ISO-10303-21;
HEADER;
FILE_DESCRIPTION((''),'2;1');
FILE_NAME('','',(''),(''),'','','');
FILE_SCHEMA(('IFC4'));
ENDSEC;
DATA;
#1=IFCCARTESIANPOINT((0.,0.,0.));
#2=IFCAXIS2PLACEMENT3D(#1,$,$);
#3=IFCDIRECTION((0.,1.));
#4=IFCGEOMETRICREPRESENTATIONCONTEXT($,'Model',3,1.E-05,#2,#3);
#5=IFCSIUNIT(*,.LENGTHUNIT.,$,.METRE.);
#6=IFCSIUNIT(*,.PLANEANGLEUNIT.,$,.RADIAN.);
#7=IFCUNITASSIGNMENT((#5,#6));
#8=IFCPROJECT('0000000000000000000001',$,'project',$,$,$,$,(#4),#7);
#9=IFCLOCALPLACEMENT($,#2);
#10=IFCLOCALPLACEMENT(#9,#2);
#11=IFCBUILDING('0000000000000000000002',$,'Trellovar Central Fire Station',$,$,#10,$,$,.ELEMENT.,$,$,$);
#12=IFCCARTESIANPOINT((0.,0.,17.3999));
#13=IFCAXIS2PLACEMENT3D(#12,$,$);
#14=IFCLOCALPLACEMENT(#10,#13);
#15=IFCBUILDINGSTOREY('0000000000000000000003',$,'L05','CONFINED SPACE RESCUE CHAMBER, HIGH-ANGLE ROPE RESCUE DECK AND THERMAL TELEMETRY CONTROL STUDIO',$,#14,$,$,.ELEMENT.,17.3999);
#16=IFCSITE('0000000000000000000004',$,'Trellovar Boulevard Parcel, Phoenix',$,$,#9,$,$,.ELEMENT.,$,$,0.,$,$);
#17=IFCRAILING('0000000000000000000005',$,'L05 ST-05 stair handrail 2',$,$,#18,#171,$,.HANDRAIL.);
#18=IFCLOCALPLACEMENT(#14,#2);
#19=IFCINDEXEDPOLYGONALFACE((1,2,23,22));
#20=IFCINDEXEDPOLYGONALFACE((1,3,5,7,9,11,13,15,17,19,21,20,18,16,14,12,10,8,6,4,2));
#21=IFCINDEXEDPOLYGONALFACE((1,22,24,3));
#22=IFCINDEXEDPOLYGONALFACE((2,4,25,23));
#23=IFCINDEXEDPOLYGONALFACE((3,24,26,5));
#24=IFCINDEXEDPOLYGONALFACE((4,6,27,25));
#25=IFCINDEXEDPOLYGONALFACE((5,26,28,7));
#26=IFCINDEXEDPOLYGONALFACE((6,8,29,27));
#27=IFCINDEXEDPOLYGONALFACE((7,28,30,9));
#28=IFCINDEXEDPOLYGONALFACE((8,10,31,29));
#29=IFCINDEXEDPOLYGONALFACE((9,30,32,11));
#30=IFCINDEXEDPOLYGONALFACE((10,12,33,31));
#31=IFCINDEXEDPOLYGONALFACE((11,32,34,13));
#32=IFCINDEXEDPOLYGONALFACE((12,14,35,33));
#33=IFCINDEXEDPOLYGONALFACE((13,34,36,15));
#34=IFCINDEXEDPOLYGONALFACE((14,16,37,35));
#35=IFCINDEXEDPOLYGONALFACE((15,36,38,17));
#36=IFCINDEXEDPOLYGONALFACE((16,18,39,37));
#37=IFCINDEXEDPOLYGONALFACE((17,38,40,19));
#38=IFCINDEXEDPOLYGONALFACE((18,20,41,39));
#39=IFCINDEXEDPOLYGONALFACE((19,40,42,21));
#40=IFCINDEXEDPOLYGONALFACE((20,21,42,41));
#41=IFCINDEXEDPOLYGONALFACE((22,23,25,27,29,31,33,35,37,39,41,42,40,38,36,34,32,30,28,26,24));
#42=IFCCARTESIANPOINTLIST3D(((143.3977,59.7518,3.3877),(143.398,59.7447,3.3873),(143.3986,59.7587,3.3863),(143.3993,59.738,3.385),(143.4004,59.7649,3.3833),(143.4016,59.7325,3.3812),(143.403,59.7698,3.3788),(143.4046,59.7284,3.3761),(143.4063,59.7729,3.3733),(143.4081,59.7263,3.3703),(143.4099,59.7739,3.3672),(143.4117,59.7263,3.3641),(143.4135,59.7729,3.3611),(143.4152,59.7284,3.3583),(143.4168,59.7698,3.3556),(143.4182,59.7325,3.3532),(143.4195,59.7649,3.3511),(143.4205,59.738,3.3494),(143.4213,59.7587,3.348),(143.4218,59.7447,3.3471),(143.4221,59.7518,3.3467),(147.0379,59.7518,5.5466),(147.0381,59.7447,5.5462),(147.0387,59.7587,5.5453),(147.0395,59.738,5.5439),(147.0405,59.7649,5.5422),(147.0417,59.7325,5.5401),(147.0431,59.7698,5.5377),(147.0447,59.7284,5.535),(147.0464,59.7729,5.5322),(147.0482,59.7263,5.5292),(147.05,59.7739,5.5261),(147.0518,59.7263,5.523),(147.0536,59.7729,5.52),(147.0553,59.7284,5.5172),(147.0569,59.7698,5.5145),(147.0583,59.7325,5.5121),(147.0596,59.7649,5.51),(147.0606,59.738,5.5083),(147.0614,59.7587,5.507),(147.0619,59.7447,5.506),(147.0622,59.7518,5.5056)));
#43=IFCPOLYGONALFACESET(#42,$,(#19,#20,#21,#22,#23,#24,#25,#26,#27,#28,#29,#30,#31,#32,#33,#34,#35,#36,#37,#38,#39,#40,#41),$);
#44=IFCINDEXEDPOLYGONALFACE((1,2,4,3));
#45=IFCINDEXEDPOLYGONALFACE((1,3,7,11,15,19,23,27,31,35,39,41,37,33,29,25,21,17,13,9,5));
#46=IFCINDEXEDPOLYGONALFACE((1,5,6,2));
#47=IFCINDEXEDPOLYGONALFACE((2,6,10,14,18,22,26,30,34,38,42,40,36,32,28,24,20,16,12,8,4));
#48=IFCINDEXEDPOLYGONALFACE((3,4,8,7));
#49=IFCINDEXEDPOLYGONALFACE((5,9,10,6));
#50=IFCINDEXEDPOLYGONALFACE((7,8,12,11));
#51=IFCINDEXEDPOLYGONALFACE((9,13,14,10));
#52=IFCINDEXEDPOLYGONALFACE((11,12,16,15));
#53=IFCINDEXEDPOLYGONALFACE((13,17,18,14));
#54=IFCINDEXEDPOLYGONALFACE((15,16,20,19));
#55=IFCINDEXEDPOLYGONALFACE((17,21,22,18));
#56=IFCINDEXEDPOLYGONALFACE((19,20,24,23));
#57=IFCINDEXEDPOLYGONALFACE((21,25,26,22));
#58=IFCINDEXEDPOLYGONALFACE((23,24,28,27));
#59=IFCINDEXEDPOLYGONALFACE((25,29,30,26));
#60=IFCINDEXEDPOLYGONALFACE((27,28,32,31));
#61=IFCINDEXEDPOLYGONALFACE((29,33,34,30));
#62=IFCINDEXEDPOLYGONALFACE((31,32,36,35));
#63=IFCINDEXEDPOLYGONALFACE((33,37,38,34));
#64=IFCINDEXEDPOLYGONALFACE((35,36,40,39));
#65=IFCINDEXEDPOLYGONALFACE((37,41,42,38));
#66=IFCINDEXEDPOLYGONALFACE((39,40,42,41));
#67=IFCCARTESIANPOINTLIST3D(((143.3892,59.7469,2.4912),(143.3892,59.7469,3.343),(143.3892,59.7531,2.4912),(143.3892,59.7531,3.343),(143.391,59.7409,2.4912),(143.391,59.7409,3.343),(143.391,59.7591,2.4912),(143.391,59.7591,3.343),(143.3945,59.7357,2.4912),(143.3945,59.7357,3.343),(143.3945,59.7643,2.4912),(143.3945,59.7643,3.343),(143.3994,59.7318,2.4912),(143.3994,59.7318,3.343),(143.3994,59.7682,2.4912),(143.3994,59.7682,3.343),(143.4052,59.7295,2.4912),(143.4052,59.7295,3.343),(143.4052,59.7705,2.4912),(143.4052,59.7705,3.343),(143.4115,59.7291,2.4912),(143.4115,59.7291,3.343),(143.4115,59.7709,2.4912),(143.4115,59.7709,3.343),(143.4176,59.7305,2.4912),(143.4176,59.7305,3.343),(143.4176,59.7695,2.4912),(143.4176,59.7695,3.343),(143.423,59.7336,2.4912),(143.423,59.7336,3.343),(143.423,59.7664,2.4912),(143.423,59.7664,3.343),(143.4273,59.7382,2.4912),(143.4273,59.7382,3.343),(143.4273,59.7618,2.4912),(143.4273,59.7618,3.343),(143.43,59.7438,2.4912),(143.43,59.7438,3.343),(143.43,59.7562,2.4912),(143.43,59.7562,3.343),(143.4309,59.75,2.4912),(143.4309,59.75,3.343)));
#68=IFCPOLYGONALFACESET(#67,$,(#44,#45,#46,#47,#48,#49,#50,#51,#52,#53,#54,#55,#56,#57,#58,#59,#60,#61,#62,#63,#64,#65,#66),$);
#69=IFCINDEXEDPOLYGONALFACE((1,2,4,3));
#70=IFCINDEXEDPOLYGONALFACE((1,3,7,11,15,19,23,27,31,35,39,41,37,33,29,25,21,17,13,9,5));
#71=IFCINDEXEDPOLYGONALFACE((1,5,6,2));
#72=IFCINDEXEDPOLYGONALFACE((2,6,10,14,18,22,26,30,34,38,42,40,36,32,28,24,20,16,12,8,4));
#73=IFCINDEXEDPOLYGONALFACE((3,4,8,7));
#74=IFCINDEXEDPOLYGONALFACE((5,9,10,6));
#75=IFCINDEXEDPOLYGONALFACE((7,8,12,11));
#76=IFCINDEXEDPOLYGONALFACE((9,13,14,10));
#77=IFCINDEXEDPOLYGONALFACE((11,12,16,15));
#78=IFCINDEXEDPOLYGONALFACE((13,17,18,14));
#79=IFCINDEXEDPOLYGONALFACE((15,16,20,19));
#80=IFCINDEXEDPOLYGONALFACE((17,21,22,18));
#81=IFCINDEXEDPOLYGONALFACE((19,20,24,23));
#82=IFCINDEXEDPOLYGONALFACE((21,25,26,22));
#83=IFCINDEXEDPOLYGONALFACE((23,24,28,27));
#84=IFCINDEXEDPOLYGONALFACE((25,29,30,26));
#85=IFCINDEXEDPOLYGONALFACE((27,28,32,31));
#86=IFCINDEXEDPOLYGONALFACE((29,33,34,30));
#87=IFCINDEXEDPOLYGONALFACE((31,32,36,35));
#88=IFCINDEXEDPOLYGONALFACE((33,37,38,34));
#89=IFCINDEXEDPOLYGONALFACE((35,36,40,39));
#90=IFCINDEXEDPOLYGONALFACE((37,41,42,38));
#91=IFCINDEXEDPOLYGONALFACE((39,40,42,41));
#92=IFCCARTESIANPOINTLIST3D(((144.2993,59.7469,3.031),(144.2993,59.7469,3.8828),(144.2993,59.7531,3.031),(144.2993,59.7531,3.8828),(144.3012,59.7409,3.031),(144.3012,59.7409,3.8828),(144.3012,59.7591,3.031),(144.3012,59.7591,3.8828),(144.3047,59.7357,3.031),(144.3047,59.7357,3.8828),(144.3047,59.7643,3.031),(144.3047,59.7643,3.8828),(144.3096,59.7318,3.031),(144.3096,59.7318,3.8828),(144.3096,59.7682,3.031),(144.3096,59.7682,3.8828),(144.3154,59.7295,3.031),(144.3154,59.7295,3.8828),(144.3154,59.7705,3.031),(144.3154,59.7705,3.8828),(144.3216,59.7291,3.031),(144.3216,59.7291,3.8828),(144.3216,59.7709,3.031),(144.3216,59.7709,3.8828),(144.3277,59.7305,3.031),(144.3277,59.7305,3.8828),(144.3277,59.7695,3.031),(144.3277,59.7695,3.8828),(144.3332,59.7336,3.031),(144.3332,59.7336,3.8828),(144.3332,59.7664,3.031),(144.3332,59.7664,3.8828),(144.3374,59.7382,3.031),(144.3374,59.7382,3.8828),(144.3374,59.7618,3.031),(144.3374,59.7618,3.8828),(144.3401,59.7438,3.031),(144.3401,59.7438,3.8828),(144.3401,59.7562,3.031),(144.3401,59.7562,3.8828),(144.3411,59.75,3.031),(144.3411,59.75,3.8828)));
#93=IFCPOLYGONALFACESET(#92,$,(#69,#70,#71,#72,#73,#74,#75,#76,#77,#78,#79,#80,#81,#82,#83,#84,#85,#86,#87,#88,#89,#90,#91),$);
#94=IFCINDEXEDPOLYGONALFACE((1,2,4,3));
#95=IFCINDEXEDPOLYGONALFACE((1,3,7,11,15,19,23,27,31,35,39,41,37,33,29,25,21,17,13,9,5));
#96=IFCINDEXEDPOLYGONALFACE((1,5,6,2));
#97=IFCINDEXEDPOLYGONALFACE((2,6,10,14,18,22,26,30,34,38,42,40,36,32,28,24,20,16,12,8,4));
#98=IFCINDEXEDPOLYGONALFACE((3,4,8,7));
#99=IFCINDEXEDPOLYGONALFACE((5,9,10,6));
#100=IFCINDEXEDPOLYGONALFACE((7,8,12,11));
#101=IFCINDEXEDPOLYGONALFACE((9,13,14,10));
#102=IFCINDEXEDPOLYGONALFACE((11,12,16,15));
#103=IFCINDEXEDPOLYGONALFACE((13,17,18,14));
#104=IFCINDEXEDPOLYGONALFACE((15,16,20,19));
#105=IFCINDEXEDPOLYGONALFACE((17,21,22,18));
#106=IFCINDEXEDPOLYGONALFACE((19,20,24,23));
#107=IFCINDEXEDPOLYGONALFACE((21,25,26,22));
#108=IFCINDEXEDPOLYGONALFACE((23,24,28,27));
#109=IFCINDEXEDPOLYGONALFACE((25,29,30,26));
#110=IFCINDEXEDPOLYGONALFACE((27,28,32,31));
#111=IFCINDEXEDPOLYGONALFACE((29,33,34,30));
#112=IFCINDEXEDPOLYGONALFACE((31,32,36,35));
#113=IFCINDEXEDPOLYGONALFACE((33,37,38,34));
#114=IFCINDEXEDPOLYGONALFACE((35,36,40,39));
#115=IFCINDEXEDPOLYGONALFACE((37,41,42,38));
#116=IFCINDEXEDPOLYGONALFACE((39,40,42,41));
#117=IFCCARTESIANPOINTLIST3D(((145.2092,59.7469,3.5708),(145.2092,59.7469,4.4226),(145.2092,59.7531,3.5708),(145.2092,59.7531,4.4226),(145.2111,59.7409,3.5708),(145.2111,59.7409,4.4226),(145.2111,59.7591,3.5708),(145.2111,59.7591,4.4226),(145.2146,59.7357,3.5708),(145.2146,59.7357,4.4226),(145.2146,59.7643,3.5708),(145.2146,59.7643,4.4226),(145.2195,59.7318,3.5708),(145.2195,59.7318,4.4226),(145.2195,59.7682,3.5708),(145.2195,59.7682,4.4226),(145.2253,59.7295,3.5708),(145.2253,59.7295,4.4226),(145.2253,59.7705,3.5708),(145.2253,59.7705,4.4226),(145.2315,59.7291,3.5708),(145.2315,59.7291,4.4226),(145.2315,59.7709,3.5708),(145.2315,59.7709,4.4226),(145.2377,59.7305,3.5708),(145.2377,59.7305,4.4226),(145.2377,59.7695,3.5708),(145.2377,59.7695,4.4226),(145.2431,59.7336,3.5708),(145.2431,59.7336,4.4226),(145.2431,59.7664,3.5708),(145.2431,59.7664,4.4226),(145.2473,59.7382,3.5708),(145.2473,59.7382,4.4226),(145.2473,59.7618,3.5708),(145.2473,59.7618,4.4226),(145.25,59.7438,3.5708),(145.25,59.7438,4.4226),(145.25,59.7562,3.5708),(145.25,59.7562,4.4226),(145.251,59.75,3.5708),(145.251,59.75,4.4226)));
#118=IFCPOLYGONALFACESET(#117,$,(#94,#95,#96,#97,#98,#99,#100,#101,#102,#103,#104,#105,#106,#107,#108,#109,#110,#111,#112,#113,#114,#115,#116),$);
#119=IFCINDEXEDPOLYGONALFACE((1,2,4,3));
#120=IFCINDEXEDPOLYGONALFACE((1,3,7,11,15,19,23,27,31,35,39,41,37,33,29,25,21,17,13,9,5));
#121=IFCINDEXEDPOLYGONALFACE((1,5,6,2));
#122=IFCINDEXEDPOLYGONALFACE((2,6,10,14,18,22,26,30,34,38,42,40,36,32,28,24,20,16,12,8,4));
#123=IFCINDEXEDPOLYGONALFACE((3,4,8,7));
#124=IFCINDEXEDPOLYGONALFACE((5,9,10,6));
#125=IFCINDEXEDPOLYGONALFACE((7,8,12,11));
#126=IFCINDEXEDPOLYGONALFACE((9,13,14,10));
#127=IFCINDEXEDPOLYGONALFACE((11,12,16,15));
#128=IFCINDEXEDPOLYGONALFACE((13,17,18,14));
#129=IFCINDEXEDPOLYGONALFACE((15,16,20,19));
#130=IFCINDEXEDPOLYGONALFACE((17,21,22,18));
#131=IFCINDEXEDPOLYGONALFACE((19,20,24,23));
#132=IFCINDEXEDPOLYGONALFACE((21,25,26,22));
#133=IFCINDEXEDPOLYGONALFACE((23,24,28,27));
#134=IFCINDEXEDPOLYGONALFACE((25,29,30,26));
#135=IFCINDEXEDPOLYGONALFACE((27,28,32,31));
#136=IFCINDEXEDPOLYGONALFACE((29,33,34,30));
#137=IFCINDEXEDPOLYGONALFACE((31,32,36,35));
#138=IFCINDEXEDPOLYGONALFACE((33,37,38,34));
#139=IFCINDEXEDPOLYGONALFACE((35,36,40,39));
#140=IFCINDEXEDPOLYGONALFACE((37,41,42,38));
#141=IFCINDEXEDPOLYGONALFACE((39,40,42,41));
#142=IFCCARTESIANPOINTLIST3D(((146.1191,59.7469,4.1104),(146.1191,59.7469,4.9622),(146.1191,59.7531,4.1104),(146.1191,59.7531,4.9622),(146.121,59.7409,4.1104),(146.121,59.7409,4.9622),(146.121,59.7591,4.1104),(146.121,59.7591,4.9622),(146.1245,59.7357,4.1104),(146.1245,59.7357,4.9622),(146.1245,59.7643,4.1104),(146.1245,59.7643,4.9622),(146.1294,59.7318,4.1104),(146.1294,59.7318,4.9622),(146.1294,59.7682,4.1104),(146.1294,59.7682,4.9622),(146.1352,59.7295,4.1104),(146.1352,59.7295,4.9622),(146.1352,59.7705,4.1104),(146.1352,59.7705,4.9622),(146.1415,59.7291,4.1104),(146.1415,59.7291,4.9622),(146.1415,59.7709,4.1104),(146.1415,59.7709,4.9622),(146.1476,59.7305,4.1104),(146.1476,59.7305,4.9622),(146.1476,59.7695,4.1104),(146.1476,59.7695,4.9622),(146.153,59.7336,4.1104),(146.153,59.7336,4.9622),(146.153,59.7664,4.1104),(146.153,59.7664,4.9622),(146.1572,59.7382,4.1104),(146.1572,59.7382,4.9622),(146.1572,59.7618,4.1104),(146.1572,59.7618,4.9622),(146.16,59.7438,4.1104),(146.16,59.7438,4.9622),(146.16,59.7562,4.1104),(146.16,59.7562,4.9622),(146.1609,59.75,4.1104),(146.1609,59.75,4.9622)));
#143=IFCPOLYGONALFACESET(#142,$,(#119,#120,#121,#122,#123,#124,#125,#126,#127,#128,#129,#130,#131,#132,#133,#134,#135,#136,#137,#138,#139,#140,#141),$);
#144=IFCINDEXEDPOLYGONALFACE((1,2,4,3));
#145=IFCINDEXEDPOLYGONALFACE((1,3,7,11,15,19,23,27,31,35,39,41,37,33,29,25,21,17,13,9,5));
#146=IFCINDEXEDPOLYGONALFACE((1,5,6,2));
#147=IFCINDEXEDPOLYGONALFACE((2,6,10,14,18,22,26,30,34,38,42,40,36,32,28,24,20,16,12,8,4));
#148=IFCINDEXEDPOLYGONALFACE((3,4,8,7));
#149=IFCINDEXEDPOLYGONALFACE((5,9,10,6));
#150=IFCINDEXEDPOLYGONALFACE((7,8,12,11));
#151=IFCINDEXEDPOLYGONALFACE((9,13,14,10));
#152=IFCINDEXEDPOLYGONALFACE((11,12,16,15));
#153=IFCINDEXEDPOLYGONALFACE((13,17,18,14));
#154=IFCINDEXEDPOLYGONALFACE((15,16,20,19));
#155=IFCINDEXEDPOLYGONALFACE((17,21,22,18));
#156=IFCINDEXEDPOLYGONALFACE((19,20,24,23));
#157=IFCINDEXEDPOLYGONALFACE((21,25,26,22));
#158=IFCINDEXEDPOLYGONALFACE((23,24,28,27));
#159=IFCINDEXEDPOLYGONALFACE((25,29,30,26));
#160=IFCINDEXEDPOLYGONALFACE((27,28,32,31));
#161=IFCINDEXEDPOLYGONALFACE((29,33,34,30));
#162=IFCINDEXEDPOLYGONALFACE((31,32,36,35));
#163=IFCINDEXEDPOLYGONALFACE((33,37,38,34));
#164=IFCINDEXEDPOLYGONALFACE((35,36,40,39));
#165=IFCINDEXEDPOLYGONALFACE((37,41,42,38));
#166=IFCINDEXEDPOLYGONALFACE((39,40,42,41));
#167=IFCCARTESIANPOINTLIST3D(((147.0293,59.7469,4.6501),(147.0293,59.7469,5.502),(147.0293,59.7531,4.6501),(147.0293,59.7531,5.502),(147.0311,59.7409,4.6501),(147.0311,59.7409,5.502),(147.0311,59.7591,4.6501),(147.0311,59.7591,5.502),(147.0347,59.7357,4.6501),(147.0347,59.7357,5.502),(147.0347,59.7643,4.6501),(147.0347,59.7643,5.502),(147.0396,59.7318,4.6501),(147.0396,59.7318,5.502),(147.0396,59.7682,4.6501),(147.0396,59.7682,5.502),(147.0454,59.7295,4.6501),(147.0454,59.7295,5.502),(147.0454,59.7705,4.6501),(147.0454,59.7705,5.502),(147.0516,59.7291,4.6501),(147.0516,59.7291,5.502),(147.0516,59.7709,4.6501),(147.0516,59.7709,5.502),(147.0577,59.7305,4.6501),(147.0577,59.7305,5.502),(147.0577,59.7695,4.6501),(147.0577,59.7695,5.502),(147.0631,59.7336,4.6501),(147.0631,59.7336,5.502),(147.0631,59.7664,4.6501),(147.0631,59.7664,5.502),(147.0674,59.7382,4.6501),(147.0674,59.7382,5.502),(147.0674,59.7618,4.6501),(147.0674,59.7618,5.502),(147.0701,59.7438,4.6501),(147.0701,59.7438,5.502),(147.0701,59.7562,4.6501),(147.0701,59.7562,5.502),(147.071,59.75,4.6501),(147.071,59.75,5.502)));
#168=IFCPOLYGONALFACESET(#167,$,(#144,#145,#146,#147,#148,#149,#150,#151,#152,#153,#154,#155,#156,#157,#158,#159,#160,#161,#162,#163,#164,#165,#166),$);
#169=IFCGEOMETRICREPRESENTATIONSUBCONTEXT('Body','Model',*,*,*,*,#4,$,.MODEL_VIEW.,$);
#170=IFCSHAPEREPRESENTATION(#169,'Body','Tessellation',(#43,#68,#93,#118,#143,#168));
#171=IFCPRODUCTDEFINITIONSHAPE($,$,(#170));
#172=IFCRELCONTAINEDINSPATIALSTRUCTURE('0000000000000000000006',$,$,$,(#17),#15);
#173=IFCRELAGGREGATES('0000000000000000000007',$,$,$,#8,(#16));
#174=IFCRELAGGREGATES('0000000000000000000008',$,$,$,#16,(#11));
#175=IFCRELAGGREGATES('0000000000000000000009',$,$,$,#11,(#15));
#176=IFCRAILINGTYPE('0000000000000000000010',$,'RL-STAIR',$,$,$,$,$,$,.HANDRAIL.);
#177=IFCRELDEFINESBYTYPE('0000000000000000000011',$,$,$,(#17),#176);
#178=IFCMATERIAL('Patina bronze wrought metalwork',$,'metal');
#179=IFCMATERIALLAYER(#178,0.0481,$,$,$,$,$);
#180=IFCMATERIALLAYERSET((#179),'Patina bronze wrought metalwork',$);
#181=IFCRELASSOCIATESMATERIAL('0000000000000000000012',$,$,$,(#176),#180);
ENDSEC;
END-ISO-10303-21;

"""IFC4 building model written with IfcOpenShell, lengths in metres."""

from ifc_helpers import new_model, si_unit, direction, frame, origin, origin_2d, place, context, subcontext, project, spatial, circle, extrude, material, layer, layer_set, type_object, element, save


model = new_model("IFC4")

# Units and contexts
model_context = context("Model", 3, precision=1e-05, world=origin(), true_north=direction((0.0, 1.0)))
body_context = subcontext(model_context, "Body", "Model", "MODEL_VIEW")
ifc_project = project(units=[si_unit("LENGTHUNIT", "METRE"), si_unit("PLANEANGLEUNIT", "RADIAN")], contexts=[model_context])

# Site, building, storey
site_placement = place(None, origin())
site = spatial("IfcSite", under=ifc_project, at=site_placement, Name="Trellovar Boulevard Parcel, Phoenix", CompositionType="ELEMENT", RefElevation=0.0)
building_placement = place(site_placement, origin())
building = spatial("IfcBuilding", under=site, at=building_placement, Name="Trellovar Central Fire Station", CompositionType="ELEMENT")
storey_placement = place(building_placement, frame((0.0, 0.0, 17.3999)))
storey = spatial("IfcBuildingStorey", under=building, at=storey_placement, Name="L05", Description="CONFINED SPACE RESCUE CHAMBER, HIGH-ANGLE ROPE RESCUE DECK AND THERMAL TELEMETRY CONTROL STUDIO", CompositionType="ELEMENT", Elevation=17.3999)

# Railing
ifc_material_1 = material(Name="Patina bronze wrought metalwork", Category="metal")
ifc_layer_1 = layer(ifc_material_1, 0.0481)
ifc_layer_set_1 = layer_set([ifc_layer_1], Name="Patina bronze wrought metalwork")
railing_type_1 = type_object("IfcRailingType", Name="RL-STAIR", PredefinedType="HANDRAIL", material=ifc_layer_set_1)
for number, where, name in (
    (1, (143.4099, 59.75, 2.4912), "L05 ST-05 stair handrail 2"),
):
    element("IfcRailing", number, at=place(storey_placement, frame(where)), inside=storey, type_object=railing_type_1, Name=name, PredefinedType="HANDRAIL", context=body_context, shape_type="SweptSolid", body=[
        extrude(circle(Radius=0.0239, at=origin_2d()), frame((0.0, 0.0, 0.876), z_axis=(0.860103, 0.0, 0.51012), x_axis=(0.0, 1.0, 0.0)), (0.0, 0.0, 1.0), 4.2322),
        extrude(circle(Radius=0.021, at=origin_2d()), origin(), (0.0, 0.0, 1.0), 0.8518),
        extrude(circle(Radius=0.021, at=origin_2d()), frame((0.9102, 0.0, 0.5398)), (0.0, 0.0, 1.0), 0.8518),
        extrude(circle(Radius=0.021, at=origin_2d()), frame((1.8201, 0.0, 1.0796)), (0.0, 0.0, 1.0), 0.8518),
        extrude(circle(Radius=0.021, at=origin_2d()), frame((2.73, 0.0, 1.6191)), (0.0, 0.0, 1.0), 0.8518),
        extrude(circle(Radius=0.021, at=origin_2d()), frame((3.6401, 0.0, 2.1589)), (0.0, 0.0, 1.0), 0.8518),
    ])

save(model, "model.ifc")
